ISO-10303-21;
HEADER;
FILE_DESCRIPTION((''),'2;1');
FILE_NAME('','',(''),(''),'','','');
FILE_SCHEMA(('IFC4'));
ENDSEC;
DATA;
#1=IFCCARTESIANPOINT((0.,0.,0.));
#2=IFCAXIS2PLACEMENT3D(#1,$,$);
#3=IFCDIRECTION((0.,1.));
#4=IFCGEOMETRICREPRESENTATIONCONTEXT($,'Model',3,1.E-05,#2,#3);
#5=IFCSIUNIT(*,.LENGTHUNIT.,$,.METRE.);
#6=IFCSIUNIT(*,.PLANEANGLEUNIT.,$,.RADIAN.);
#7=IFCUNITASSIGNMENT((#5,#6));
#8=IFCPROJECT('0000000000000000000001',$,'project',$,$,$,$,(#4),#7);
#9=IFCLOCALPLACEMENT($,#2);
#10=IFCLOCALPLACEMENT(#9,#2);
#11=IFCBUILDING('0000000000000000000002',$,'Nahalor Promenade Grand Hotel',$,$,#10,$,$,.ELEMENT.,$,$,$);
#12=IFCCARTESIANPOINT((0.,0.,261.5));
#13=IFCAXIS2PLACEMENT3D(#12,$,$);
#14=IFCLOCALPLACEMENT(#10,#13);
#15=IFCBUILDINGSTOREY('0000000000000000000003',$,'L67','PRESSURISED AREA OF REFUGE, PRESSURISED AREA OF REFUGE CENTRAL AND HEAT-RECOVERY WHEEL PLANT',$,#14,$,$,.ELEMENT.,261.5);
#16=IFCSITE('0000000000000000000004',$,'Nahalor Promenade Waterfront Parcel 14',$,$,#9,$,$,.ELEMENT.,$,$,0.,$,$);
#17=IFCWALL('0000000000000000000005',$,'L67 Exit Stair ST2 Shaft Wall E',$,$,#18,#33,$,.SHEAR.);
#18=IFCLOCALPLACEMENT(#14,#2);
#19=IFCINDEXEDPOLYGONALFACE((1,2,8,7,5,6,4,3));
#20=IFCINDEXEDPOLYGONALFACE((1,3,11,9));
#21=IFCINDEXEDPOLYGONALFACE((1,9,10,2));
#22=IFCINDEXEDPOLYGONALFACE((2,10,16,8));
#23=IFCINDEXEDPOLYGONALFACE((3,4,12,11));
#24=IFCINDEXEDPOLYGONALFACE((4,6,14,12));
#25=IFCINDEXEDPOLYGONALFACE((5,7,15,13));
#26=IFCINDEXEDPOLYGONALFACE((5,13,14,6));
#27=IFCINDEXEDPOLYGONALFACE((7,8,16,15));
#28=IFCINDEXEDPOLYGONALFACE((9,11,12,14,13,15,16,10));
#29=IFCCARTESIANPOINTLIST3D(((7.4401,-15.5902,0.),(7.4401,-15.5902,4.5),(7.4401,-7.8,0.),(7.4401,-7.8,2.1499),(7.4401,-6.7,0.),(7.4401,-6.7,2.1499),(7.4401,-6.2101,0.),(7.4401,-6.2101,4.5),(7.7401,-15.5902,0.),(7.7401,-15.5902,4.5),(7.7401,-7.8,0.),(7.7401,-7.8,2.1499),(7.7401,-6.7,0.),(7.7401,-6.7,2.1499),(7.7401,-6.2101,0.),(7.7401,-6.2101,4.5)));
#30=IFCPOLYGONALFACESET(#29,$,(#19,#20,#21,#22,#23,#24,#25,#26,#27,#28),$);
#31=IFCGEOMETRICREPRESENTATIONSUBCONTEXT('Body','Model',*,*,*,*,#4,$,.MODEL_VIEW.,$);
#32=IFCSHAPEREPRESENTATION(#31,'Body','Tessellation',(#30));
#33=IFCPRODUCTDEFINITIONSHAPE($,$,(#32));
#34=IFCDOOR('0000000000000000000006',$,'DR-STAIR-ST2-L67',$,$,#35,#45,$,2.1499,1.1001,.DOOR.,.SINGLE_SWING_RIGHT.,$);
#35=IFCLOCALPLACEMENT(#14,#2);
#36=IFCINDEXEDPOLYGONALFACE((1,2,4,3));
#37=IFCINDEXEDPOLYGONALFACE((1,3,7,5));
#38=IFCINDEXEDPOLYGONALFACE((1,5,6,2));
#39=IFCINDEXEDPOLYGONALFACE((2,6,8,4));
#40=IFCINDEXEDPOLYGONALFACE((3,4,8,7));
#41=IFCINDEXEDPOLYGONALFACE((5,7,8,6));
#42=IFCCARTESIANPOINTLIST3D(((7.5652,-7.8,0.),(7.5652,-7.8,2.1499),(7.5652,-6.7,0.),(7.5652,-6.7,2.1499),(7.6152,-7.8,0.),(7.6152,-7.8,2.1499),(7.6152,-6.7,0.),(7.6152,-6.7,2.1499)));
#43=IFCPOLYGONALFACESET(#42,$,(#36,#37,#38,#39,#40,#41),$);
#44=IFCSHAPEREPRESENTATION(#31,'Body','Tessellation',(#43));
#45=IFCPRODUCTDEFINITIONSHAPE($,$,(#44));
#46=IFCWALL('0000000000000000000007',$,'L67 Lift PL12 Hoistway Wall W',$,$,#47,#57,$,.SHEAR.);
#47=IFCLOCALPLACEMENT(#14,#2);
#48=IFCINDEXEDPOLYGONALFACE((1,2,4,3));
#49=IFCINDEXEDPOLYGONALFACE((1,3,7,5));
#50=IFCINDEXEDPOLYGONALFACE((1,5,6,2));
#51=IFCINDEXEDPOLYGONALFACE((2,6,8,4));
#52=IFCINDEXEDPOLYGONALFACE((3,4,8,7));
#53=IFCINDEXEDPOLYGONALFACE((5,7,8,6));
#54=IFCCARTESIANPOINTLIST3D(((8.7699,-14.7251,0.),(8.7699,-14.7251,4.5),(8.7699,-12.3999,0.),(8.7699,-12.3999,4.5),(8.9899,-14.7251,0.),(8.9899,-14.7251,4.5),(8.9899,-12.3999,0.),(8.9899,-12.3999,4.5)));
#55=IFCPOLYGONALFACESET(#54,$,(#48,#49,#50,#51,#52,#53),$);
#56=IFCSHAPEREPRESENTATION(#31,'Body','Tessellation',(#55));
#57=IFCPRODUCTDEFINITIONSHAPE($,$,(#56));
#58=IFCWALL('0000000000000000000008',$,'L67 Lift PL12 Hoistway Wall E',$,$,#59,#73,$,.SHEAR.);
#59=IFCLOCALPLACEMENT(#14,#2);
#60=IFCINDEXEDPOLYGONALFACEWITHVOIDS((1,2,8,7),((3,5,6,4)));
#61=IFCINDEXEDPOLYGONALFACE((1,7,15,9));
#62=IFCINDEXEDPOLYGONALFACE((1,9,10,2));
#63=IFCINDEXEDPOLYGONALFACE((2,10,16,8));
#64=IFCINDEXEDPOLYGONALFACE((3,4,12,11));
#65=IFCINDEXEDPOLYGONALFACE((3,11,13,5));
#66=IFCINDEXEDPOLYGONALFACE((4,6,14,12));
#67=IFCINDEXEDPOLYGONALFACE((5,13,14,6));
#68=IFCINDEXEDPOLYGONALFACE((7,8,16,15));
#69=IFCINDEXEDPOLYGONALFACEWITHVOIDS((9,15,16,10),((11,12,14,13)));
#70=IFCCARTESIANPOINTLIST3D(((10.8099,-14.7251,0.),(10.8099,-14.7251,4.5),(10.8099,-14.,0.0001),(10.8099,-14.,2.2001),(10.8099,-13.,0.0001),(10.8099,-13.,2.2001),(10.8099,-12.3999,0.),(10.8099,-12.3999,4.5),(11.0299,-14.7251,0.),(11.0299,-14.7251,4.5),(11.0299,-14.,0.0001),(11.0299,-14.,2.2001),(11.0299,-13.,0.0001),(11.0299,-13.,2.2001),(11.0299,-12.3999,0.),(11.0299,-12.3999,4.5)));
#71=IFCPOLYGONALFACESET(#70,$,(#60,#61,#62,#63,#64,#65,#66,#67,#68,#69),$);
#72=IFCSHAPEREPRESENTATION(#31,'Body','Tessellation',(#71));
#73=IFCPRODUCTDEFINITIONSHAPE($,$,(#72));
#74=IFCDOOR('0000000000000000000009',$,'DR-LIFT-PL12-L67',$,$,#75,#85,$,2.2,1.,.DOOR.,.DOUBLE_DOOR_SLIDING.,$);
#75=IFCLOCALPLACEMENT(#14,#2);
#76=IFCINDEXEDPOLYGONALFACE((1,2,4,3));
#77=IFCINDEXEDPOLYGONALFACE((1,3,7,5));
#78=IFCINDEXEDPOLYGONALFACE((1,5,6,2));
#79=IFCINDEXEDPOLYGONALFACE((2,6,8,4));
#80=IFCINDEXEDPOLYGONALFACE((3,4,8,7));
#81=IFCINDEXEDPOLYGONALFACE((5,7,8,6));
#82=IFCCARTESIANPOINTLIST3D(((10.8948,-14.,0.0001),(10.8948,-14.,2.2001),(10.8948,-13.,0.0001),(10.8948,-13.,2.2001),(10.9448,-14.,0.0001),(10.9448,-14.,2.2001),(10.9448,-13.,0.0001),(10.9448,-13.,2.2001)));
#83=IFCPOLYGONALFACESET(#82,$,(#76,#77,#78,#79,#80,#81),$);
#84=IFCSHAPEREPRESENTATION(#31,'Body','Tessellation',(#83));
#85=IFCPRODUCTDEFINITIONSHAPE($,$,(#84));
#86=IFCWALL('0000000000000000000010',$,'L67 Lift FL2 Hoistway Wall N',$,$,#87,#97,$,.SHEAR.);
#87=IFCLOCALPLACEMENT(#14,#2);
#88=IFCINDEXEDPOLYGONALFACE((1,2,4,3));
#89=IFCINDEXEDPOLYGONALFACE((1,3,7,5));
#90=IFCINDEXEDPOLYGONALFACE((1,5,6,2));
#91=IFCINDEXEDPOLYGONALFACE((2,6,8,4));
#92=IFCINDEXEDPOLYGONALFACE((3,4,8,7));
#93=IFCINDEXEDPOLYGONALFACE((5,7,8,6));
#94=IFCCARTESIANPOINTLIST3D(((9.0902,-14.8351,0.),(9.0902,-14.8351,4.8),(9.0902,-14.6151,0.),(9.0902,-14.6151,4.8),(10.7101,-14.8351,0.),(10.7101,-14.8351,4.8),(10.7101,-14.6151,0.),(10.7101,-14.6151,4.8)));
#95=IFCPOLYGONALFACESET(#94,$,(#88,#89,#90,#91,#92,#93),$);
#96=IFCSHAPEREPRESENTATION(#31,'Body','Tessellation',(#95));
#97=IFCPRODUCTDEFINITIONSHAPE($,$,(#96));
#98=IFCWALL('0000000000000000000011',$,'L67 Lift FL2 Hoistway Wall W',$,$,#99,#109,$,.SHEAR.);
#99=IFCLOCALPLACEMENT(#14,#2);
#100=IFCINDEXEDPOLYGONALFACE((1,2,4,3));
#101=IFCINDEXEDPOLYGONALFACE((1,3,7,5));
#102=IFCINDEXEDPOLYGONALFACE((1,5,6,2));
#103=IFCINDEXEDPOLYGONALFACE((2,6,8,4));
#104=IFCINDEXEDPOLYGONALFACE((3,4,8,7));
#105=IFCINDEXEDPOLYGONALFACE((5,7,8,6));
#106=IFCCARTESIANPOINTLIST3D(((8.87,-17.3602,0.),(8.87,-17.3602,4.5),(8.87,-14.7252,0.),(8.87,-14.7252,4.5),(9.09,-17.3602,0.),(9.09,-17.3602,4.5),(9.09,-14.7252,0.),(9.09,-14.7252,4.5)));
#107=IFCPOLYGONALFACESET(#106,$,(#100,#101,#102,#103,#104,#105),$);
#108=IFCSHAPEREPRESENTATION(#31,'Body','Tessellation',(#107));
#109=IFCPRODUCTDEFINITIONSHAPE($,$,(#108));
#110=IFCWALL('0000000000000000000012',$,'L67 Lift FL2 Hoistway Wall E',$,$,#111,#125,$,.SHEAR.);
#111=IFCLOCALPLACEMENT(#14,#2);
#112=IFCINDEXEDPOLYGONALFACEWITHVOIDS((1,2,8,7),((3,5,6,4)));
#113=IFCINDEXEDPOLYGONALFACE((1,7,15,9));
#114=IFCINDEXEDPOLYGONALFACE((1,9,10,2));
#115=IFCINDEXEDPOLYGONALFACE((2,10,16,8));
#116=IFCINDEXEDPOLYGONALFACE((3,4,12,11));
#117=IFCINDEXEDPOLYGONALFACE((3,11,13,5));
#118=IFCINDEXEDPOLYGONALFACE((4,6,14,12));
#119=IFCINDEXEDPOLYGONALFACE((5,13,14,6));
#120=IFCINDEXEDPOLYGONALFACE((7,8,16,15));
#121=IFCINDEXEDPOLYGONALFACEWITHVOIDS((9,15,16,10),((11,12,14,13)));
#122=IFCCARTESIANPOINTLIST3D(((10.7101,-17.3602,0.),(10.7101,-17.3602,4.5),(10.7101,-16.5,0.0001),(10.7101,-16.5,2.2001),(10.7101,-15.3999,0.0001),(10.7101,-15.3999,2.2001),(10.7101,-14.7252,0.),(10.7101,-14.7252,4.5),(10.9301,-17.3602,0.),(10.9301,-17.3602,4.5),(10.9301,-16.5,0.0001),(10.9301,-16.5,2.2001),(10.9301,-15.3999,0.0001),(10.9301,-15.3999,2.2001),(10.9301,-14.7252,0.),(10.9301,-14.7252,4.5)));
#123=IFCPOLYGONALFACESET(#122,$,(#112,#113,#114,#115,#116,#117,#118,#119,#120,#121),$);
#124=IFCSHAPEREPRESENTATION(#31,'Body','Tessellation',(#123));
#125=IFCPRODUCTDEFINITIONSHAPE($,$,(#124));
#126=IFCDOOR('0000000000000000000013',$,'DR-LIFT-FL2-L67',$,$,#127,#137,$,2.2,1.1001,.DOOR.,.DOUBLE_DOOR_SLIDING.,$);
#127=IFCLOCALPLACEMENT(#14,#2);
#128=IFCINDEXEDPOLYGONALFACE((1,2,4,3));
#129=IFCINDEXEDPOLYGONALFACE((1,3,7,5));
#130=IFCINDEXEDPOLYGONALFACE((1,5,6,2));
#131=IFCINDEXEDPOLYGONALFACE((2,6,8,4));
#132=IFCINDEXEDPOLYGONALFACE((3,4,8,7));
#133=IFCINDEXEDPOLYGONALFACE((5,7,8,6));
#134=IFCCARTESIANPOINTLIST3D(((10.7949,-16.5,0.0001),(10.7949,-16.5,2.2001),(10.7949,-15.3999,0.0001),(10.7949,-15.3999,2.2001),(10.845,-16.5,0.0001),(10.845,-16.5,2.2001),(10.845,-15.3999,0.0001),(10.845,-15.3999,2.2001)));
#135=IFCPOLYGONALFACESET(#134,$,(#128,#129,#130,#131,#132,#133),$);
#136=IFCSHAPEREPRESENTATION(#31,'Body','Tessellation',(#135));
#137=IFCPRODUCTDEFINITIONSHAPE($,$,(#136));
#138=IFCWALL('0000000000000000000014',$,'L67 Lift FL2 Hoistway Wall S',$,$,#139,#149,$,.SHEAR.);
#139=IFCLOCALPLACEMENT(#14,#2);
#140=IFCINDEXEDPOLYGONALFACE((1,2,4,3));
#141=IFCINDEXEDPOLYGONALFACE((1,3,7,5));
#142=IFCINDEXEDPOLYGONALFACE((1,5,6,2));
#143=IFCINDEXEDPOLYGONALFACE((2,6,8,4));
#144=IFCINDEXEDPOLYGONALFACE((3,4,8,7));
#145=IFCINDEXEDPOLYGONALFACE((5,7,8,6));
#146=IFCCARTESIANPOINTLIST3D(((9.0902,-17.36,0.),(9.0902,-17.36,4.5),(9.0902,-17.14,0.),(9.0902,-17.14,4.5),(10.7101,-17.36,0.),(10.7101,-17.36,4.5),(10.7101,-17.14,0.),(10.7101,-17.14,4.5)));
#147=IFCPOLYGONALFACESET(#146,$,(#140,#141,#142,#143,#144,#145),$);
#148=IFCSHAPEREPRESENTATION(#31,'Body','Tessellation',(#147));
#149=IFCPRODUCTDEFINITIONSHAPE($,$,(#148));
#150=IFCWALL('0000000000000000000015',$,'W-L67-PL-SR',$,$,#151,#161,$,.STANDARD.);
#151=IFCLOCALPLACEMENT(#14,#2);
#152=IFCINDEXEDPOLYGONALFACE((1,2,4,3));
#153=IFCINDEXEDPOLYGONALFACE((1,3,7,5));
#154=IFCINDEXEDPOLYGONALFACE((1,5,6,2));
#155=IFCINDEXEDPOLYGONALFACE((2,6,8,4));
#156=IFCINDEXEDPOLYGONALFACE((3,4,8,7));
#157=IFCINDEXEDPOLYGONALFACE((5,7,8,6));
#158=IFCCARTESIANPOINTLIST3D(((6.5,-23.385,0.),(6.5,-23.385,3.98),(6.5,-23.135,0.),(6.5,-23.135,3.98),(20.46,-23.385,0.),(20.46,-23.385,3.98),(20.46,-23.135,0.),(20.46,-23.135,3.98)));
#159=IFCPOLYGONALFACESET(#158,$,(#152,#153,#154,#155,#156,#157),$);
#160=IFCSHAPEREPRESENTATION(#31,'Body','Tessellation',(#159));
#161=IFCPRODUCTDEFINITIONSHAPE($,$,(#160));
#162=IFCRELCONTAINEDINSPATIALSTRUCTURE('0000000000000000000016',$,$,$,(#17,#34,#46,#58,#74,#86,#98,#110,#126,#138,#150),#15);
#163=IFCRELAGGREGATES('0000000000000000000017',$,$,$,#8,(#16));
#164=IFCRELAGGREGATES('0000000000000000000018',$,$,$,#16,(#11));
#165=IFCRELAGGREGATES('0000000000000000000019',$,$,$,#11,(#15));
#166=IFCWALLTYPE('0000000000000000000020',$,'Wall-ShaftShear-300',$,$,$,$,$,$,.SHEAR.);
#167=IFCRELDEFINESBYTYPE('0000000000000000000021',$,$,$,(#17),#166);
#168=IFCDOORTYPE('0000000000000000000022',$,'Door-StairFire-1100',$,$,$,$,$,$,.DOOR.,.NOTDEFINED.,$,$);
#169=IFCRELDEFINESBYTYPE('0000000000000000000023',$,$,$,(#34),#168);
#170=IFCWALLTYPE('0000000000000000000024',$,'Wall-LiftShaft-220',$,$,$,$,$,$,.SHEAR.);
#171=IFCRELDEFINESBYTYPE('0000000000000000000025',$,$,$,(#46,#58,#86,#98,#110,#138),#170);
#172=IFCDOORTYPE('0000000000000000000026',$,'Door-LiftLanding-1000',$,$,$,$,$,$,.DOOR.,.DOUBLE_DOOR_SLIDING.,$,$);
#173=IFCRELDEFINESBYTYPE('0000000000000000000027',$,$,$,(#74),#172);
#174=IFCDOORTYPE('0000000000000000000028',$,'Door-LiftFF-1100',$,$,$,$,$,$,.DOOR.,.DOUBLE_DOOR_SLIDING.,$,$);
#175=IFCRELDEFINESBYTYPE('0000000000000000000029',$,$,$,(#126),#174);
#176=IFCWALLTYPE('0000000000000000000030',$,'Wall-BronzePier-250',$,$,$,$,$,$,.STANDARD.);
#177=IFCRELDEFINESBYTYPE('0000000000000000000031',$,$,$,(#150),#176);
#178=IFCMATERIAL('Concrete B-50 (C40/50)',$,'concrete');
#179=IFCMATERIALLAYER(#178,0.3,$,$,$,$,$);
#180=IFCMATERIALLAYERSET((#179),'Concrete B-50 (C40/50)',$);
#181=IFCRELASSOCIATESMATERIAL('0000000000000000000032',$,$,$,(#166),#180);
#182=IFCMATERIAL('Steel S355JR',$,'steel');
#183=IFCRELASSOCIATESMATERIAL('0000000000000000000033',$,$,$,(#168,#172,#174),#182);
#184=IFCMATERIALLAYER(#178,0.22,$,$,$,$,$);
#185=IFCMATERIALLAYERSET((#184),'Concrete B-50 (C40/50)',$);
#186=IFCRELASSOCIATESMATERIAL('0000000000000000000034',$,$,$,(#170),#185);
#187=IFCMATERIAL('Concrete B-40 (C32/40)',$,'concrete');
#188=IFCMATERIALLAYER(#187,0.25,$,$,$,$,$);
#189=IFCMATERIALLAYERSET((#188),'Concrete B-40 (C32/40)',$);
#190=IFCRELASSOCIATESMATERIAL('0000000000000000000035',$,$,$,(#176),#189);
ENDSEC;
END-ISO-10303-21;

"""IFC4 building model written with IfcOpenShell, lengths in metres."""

from ifc_helpers import new_model, si_unit, direction, frame, frame_2d, origin, place, context, subcontext, project, spatial, rectangle, extrude, source, transform, mapped, material, layer, layer_set, type_object, element, fill, save


model = new_model("IFC4")

# Units and contexts
model_context = context("Model", 3, precision=1e-05, world=origin(), true_north=direction((0.0, 1.0)))
body_context = subcontext(model_context, "Body", "Model", "MODEL_VIEW")
ifc_project = project(units=[si_unit("LENGTHUNIT", "METRE"), si_unit("PLANEANGLEUNIT", "RADIAN")], contexts=[model_context])

# Site, building, storey
site_placement = place(None, origin())
site = spatial("IfcSite", under=ifc_project, at=site_placement, Name="Nahalor Promenade Waterfront Parcel 14", CompositionType="ELEMENT", RefElevation=0.0)
building_placement = place(site_placement, origin())
building = spatial("IfcBuilding", under=site, at=building_placement, Name="Nahalor Promenade Grand Hotel", CompositionType="ELEMENT")
storey_placement = place(building_placement, frame((0.0, 0.0, 261.5)))
storey = spatial("IfcBuildingStorey", under=building, at=storey_placement, Name="L67", Description="PRESSURISED AREA OF REFUGE, PRESSURISED AREA OF REFUGE CENTRAL AND HEAT-RECOVERY WHEEL PLANT", CompositionType="ELEMENT", Elevation=261.5)

# Shared definitions
ifc_material_1 = material(Name="Steel S355JR", Category="steel")

# Shared definitions
ifc_material_2 = material(Name="Concrete B-50 (C40/50)", Category="concrete")
ifc_layer_1 = layer(ifc_material_2, 0.3)
ifc_layer_set_1 = layer_set([ifc_layer_1], Name="Concrete B-50 (C40/50)")
wall_type_1 = type_object("IfcWallType", Name="Wall-ShaftShear-300", PredefinedType="SHEAR", material=ifc_layer_set_1)
shared_shape_1 = source(origin(), body_context, "Body", "SweptSolid", [
    extrude(rectangle(XDim=9.3801, YDim=0.3, at=frame_2d((4.6899, 0.0))), origin(), (0.0, 0.0, 1.0), 4.5),
])

# Wall, opening, door
wall_1_placement = place(storey_placement, frame((7.5901, -15.5901, 0.0), z_axis=(0.0, 0.0, 1.0), x_axis=(0.0, 1.0, 0.0)))
wall_1 = element("IfcWall", 1, at=wall_1_placement, inside=storey, type_object=wall_type_1, Name="L67 Exit Stair ST2 Shaft Wall E", PredefinedType="SHEAR", context=body_context, shape_type="MappedRepresentation", body=[
    mapped(shared_shape_1, transform((0.0, 0.0, 0.0), scale=1.0)),
])
opening_1_placement = place(wall_1_placement, frame((7.79, 0.0, 0.0)))
opening_1 = element("IfcOpeningElement", 2, at=opening_1_placement, cuts=wall_1, PredefinedType="OPENING", context=body_context, shape_type="SweptSolid", body=[
    extrude(rectangle(XDim=1.1001, YDim=2.1499, at=frame_2d((0.55, 1.075))), frame((0.0, 0.1599, 0.0), z_axis=(0.0, -1.0, 0.0), x_axis=(1.0, 0.0, 0.0)), (0.0, 0.0, 1.0), 0.3201),
])
door_type_1 = type_object("IfcDoorType", Name="Door-StairFire-1100", OperationType="NOTDEFINED", PredefinedType="DOOR", material=ifc_material_1)
shared_shape_2 = source(origin(), body_context, "Body", "SweptSolid", [
    extrude(rectangle(XDim=1.1001, YDim=2.1499, at=frame_2d((0.55, 1.075))), frame((0.0, 0.0249, 0.0), z_axis=(0.0, -1.0, 0.0), x_axis=(1.0, 0.0, 0.0)), (0.0, 0.0, 1.0), 0.05),
])
door_1_placement = place(opening_1_placement, origin())
door_1 = element("IfcDoor", 3, at=door_1_placement, inside=storey, type_object=door_type_1, Name="DR-STAIR-ST2-L67", OperationType="SINGLE_SWING_RIGHT", OverallHeight=2.1499, OverallWidth=1.1001, PredefinedType="DOOR", context=body_context, shape_type="MappedRepresentation", body=[
    mapped(shared_shape_2, transform((0.0, 0.0, 0.0), scale=1.0)),
])
fill(opening_1, door_1)

# Wall
ifc_layer_2 = layer(ifc_material_2, 0.22)
ifc_layer_set_2 = layer_set([ifc_layer_2], Name="Concrete B-50 (C40/50)")
wall_type_2 = type_object("IfcWallType", Name="Wall-LiftShaft-220", PredefinedType="SHEAR", material=ifc_layer_set_2)
shared_shape_3 = source(origin(), body_context, "Body", "SweptSolid", [
    extrude(rectangle(XDim=2.3252, YDim=0.22, at=frame_2d((1.1626, 0.0))), origin(), (0.0, 0.0, 1.0), 4.5),
])
wall_2_placement = place(storey_placement, frame((8.8799, -14.7251, 0.0), z_axis=(0.0, 0.0, 1.0), x_axis=(0.0, 1.0, 0.0)))
element("IfcWall", 4, at=wall_2_placement, inside=storey, type_object=wall_type_2, Name="L67 Lift PL12 Hoistway Wall W", PredefinedType="SHEAR", context=body_context, shape_type="MappedRepresentation", body=[
    mapped(shared_shape_3, transform((0.0, 0.0, 0.0), scale=1.0)),
])

# Wall, opening, door
wall_3_placement = place(storey_placement, frame((10.9199, -14.7251, 0.0), z_axis=(0.0, 0.0, 1.0), x_axis=(0.0, 1.0, 0.0)))
wall_3 = element("IfcWall", 5, at=wall_3_placement, inside=storey, type_object=wall_type_2, Name="L67 Lift PL12 Hoistway Wall E", PredefinedType="SHEAR", context=body_context, shape_type="MappedRepresentation", body=[
    mapped(shared_shape_3, transform((0.0, 0.0, 0.0), scale=1.0)),
])
opening_2_placement = place(wall_3_placement, frame((0.7251, 0.0, 0.0)))
opening_2 = element("IfcOpeningElement", 6, at=opening_2_placement, cuts=wall_3, PredefinedType="OPENING", context=body_context, shape_type="SweptSolid", body=[
    extrude(rectangle(XDim=1.0, YDim=2.2, at=frame_2d((0.5, 1.1001))), frame((0.0, 0.1199, 0.0), z_axis=(0.0, -1.0, 0.0), x_axis=(1.0, 0.0, 0.0)), (0.0, 0.0, 1.0), 0.24),
])
door_type_2 = type_object("IfcDoorType", Name="Door-LiftLanding-1000", OperationType="DOUBLE_DOOR_SLIDING", PredefinedType="DOOR", material=ifc_material_1)
shared_shape_4 = source(origin(), body_context, "Body", "SweptSolid", [
    extrude(rectangle(XDim=1.0, YDim=2.2, at=frame_2d((0.5, 1.1001))), frame((0.0, 0.0249, 0.0), z_axis=(0.0, -1.0, 0.0), x_axis=(1.0, 0.0, 0.0)), (0.0, 0.0, 1.0), 0.05),
])
door_2_placement = place(opening_2_placement, frame((1.0, 0.0, 0.0), z_axis=(0.0, 0.0, 1.0), x_axis=(-1.0, 0.0, 0.0)))
door_2 = element("IfcDoor", 7, at=door_2_placement, inside=storey, type_object=door_type_2, Name="DR-LIFT-PL12-L67", OperationType="DOUBLE_DOOR_SLIDING", OverallHeight=2.2, OverallWidth=1.0, PredefinedType="DOOR", context=body_context, shape_type="MappedRepresentation", body=[
    mapped(shared_shape_4, transform((0.0, 0.0, 0.0), scale=1.0)),
])
fill(opening_2, door_2)

# Walls
shared_shape_5 = source(origin(), body_context, "Body", "SweptSolid", [
    extrude(rectangle(XDim=1.6199, YDim=0.22, at=frame_2d((0.8101, 0.0))), origin(), (0.0, 0.0, 1.0), 4.8),
])
wall_4_placement = place(storey_placement, frame((9.0901, -14.7251, 0.0), z_axis=(0.0, 0.0, 1.0), x_axis=(1.0, 0.0, 0.0)))
element("IfcWall", 8, at=wall_4_placement, inside=storey, type_object=wall_type_2, Name="L67 Lift FL2 Hoistway Wall N", PredefinedType="SHEAR", context=body_context, shape_type="MappedRepresentation", body=[
    mapped(shared_shape_5, transform((0.0, 0.0, 0.0), scale=1.0)),
])
shared_shape_6 = source(origin(), body_context, "Body", "SweptSolid", [
    extrude(rectangle(XDim=2.635, YDim=0.22, at=frame_2d((1.3174, 0.0))), origin(), (0.0, 0.0, 1.0), 4.5),
])
wall_5_placement = place(storey_placement, frame((8.98, -17.3601, 0.0), z_axis=(0.0, 0.0, 1.0), x_axis=(0.0, 1.0, 0.0)))
element("IfcWall", 9, at=wall_5_placement, inside=storey, type_object=wall_type_2, Name="L67 Lift FL2 Hoistway Wall W", PredefinedType="SHEAR", context=body_context, shape_type="MappedRepresentation", body=[
    mapped(shared_shape_6, transform((0.0, 0.0, 0.0), scale=1.0)),
])

# Wall, opening, door
wall_6_placement = place(storey_placement, frame((10.8201, -17.3601, 0.0), z_axis=(0.0, 0.0, 1.0), x_axis=(0.0, 1.0, 0.0)))
wall_6 = element("IfcWall", 10, at=wall_6_placement, inside=storey, type_object=wall_type_2, Name="L67 Lift FL2 Hoistway Wall E", PredefinedType="SHEAR", context=body_context, shape_type="MappedRepresentation", body=[
    mapped(shared_shape_6, transform((0.0, 0.0, 0.0), scale=1.0)),
])
opening_3_placement = place(wall_6_placement, frame((0.8601, 0.0, 0.0)))
opening_3 = element("IfcOpeningElement", 11, at=opening_3_placement, cuts=wall_6, PredefinedType="OPENING", context=body_context, shape_type="SweptSolid", body=[
    extrude(rectangle(XDim=1.1001, YDim=2.2, at=frame_2d((0.55, 1.1001))), frame((0.0, 0.1199, 0.0), z_axis=(0.0, -1.0, 0.0), x_axis=(1.0, 0.0, 0.0)), (0.0, 0.0, 1.0), 0.24),
])
door_type_3 = type_object("IfcDoorType", Name="Door-LiftFF-1100", OperationType="DOUBLE_DOOR_SLIDING", PredefinedType="DOOR", material=ifc_material_1)
shared_shape_7 = source(origin(), body_context, "Body", "SweptSolid", [
    extrude(rectangle(XDim=1.1001, YDim=2.2, at=frame_2d((0.55, 1.1001))), frame((0.0, 0.0249, 0.0), z_axis=(0.0, -1.0, 0.0), x_axis=(1.0, 0.0, 0.0)), (0.0, 0.0, 1.0), 0.05),
])
door_3_placement = place(opening_3_placement, frame((1.1001, 0.0, 0.0), z_axis=(0.0, 0.0, 1.0), x_axis=(-1.0, 0.0, 0.0)))
door_3 = element("IfcDoor", 12, at=door_3_placement, inside=storey, type_object=door_type_3, Name="DR-LIFT-FL2-L67", OperationType="DOUBLE_DOOR_SLIDING", OverallHeight=2.2, OverallWidth=1.1001, PredefinedType="DOOR", context=body_context, shape_type="MappedRepresentation", body=[
    mapped(shared_shape_7, transform((0.0, 0.0, 0.0), scale=1.0)),
])
fill(opening_3, door_3)

# Walls
shared_shape_8 = source(origin(), body_context, "Body", "SweptSolid", [
    extrude(rectangle(XDim=1.6199, YDim=0.22, at=frame_2d((0.8101, 0.0))), origin(), (0.0, 0.0, 1.0), 4.5),
])
wall_7_placement = place(storey_placement, frame((9.0901, -17.25, 0.0), z_axis=(0.0, 0.0, 1.0), x_axis=(1.0, 0.0, 0.0)))
element("IfcWall", 13, at=wall_7_placement, inside=storey, type_object=wall_type_2, Name="L67 Lift FL2 Hoistway Wall S", PredefinedType="SHEAR", context=body_context, shape_type="MappedRepresentation", body=[
    mapped(shared_shape_8, transform((0.0, 0.0, 0.0), scale=1.0)),
])
ifc_material_3 = material(Name="Concrete B-40 (C32/40)", Category="concrete")
ifc_layer_3 = layer(ifc_material_3, 0.25)
ifc_layer_set_3 = layer_set([ifc_layer_3], Name="Concrete B-40 (C32/40)")
wall_type_3 = type_object("IfcWallType", Name="Wall-BronzePier-250", PredefinedType="STANDARD", material=ifc_layer_set_3)
shared_shape_9 = source(origin(), body_context, "Body", "SweptSolid", [
    extrude(rectangle(XDim=13.96, YDim=0.25, at=frame_2d((6.98, 0.0))), origin(), (0.0, 0.0, 1.0), 3.98),
])
wall_8_placement = place(storey_placement, frame((6.5, -23.26, 0.0), z_axis=(0.0, 0.0, 1.0), x_axis=(1.0, 0.0, 0.0)))
element("IfcWall", 14, at=wall_8_placement, inside=storey, type_object=wall_type_3, Name="W-L67-PL-SR", PredefinedType="STANDARD", context=body_context, shape_type="MappedRepresentation", body=[
    mapped(shared_shape_9, transform((0.0, 0.0, 0.0), scale=1.0)),
])

save(model, "model.ifc")
